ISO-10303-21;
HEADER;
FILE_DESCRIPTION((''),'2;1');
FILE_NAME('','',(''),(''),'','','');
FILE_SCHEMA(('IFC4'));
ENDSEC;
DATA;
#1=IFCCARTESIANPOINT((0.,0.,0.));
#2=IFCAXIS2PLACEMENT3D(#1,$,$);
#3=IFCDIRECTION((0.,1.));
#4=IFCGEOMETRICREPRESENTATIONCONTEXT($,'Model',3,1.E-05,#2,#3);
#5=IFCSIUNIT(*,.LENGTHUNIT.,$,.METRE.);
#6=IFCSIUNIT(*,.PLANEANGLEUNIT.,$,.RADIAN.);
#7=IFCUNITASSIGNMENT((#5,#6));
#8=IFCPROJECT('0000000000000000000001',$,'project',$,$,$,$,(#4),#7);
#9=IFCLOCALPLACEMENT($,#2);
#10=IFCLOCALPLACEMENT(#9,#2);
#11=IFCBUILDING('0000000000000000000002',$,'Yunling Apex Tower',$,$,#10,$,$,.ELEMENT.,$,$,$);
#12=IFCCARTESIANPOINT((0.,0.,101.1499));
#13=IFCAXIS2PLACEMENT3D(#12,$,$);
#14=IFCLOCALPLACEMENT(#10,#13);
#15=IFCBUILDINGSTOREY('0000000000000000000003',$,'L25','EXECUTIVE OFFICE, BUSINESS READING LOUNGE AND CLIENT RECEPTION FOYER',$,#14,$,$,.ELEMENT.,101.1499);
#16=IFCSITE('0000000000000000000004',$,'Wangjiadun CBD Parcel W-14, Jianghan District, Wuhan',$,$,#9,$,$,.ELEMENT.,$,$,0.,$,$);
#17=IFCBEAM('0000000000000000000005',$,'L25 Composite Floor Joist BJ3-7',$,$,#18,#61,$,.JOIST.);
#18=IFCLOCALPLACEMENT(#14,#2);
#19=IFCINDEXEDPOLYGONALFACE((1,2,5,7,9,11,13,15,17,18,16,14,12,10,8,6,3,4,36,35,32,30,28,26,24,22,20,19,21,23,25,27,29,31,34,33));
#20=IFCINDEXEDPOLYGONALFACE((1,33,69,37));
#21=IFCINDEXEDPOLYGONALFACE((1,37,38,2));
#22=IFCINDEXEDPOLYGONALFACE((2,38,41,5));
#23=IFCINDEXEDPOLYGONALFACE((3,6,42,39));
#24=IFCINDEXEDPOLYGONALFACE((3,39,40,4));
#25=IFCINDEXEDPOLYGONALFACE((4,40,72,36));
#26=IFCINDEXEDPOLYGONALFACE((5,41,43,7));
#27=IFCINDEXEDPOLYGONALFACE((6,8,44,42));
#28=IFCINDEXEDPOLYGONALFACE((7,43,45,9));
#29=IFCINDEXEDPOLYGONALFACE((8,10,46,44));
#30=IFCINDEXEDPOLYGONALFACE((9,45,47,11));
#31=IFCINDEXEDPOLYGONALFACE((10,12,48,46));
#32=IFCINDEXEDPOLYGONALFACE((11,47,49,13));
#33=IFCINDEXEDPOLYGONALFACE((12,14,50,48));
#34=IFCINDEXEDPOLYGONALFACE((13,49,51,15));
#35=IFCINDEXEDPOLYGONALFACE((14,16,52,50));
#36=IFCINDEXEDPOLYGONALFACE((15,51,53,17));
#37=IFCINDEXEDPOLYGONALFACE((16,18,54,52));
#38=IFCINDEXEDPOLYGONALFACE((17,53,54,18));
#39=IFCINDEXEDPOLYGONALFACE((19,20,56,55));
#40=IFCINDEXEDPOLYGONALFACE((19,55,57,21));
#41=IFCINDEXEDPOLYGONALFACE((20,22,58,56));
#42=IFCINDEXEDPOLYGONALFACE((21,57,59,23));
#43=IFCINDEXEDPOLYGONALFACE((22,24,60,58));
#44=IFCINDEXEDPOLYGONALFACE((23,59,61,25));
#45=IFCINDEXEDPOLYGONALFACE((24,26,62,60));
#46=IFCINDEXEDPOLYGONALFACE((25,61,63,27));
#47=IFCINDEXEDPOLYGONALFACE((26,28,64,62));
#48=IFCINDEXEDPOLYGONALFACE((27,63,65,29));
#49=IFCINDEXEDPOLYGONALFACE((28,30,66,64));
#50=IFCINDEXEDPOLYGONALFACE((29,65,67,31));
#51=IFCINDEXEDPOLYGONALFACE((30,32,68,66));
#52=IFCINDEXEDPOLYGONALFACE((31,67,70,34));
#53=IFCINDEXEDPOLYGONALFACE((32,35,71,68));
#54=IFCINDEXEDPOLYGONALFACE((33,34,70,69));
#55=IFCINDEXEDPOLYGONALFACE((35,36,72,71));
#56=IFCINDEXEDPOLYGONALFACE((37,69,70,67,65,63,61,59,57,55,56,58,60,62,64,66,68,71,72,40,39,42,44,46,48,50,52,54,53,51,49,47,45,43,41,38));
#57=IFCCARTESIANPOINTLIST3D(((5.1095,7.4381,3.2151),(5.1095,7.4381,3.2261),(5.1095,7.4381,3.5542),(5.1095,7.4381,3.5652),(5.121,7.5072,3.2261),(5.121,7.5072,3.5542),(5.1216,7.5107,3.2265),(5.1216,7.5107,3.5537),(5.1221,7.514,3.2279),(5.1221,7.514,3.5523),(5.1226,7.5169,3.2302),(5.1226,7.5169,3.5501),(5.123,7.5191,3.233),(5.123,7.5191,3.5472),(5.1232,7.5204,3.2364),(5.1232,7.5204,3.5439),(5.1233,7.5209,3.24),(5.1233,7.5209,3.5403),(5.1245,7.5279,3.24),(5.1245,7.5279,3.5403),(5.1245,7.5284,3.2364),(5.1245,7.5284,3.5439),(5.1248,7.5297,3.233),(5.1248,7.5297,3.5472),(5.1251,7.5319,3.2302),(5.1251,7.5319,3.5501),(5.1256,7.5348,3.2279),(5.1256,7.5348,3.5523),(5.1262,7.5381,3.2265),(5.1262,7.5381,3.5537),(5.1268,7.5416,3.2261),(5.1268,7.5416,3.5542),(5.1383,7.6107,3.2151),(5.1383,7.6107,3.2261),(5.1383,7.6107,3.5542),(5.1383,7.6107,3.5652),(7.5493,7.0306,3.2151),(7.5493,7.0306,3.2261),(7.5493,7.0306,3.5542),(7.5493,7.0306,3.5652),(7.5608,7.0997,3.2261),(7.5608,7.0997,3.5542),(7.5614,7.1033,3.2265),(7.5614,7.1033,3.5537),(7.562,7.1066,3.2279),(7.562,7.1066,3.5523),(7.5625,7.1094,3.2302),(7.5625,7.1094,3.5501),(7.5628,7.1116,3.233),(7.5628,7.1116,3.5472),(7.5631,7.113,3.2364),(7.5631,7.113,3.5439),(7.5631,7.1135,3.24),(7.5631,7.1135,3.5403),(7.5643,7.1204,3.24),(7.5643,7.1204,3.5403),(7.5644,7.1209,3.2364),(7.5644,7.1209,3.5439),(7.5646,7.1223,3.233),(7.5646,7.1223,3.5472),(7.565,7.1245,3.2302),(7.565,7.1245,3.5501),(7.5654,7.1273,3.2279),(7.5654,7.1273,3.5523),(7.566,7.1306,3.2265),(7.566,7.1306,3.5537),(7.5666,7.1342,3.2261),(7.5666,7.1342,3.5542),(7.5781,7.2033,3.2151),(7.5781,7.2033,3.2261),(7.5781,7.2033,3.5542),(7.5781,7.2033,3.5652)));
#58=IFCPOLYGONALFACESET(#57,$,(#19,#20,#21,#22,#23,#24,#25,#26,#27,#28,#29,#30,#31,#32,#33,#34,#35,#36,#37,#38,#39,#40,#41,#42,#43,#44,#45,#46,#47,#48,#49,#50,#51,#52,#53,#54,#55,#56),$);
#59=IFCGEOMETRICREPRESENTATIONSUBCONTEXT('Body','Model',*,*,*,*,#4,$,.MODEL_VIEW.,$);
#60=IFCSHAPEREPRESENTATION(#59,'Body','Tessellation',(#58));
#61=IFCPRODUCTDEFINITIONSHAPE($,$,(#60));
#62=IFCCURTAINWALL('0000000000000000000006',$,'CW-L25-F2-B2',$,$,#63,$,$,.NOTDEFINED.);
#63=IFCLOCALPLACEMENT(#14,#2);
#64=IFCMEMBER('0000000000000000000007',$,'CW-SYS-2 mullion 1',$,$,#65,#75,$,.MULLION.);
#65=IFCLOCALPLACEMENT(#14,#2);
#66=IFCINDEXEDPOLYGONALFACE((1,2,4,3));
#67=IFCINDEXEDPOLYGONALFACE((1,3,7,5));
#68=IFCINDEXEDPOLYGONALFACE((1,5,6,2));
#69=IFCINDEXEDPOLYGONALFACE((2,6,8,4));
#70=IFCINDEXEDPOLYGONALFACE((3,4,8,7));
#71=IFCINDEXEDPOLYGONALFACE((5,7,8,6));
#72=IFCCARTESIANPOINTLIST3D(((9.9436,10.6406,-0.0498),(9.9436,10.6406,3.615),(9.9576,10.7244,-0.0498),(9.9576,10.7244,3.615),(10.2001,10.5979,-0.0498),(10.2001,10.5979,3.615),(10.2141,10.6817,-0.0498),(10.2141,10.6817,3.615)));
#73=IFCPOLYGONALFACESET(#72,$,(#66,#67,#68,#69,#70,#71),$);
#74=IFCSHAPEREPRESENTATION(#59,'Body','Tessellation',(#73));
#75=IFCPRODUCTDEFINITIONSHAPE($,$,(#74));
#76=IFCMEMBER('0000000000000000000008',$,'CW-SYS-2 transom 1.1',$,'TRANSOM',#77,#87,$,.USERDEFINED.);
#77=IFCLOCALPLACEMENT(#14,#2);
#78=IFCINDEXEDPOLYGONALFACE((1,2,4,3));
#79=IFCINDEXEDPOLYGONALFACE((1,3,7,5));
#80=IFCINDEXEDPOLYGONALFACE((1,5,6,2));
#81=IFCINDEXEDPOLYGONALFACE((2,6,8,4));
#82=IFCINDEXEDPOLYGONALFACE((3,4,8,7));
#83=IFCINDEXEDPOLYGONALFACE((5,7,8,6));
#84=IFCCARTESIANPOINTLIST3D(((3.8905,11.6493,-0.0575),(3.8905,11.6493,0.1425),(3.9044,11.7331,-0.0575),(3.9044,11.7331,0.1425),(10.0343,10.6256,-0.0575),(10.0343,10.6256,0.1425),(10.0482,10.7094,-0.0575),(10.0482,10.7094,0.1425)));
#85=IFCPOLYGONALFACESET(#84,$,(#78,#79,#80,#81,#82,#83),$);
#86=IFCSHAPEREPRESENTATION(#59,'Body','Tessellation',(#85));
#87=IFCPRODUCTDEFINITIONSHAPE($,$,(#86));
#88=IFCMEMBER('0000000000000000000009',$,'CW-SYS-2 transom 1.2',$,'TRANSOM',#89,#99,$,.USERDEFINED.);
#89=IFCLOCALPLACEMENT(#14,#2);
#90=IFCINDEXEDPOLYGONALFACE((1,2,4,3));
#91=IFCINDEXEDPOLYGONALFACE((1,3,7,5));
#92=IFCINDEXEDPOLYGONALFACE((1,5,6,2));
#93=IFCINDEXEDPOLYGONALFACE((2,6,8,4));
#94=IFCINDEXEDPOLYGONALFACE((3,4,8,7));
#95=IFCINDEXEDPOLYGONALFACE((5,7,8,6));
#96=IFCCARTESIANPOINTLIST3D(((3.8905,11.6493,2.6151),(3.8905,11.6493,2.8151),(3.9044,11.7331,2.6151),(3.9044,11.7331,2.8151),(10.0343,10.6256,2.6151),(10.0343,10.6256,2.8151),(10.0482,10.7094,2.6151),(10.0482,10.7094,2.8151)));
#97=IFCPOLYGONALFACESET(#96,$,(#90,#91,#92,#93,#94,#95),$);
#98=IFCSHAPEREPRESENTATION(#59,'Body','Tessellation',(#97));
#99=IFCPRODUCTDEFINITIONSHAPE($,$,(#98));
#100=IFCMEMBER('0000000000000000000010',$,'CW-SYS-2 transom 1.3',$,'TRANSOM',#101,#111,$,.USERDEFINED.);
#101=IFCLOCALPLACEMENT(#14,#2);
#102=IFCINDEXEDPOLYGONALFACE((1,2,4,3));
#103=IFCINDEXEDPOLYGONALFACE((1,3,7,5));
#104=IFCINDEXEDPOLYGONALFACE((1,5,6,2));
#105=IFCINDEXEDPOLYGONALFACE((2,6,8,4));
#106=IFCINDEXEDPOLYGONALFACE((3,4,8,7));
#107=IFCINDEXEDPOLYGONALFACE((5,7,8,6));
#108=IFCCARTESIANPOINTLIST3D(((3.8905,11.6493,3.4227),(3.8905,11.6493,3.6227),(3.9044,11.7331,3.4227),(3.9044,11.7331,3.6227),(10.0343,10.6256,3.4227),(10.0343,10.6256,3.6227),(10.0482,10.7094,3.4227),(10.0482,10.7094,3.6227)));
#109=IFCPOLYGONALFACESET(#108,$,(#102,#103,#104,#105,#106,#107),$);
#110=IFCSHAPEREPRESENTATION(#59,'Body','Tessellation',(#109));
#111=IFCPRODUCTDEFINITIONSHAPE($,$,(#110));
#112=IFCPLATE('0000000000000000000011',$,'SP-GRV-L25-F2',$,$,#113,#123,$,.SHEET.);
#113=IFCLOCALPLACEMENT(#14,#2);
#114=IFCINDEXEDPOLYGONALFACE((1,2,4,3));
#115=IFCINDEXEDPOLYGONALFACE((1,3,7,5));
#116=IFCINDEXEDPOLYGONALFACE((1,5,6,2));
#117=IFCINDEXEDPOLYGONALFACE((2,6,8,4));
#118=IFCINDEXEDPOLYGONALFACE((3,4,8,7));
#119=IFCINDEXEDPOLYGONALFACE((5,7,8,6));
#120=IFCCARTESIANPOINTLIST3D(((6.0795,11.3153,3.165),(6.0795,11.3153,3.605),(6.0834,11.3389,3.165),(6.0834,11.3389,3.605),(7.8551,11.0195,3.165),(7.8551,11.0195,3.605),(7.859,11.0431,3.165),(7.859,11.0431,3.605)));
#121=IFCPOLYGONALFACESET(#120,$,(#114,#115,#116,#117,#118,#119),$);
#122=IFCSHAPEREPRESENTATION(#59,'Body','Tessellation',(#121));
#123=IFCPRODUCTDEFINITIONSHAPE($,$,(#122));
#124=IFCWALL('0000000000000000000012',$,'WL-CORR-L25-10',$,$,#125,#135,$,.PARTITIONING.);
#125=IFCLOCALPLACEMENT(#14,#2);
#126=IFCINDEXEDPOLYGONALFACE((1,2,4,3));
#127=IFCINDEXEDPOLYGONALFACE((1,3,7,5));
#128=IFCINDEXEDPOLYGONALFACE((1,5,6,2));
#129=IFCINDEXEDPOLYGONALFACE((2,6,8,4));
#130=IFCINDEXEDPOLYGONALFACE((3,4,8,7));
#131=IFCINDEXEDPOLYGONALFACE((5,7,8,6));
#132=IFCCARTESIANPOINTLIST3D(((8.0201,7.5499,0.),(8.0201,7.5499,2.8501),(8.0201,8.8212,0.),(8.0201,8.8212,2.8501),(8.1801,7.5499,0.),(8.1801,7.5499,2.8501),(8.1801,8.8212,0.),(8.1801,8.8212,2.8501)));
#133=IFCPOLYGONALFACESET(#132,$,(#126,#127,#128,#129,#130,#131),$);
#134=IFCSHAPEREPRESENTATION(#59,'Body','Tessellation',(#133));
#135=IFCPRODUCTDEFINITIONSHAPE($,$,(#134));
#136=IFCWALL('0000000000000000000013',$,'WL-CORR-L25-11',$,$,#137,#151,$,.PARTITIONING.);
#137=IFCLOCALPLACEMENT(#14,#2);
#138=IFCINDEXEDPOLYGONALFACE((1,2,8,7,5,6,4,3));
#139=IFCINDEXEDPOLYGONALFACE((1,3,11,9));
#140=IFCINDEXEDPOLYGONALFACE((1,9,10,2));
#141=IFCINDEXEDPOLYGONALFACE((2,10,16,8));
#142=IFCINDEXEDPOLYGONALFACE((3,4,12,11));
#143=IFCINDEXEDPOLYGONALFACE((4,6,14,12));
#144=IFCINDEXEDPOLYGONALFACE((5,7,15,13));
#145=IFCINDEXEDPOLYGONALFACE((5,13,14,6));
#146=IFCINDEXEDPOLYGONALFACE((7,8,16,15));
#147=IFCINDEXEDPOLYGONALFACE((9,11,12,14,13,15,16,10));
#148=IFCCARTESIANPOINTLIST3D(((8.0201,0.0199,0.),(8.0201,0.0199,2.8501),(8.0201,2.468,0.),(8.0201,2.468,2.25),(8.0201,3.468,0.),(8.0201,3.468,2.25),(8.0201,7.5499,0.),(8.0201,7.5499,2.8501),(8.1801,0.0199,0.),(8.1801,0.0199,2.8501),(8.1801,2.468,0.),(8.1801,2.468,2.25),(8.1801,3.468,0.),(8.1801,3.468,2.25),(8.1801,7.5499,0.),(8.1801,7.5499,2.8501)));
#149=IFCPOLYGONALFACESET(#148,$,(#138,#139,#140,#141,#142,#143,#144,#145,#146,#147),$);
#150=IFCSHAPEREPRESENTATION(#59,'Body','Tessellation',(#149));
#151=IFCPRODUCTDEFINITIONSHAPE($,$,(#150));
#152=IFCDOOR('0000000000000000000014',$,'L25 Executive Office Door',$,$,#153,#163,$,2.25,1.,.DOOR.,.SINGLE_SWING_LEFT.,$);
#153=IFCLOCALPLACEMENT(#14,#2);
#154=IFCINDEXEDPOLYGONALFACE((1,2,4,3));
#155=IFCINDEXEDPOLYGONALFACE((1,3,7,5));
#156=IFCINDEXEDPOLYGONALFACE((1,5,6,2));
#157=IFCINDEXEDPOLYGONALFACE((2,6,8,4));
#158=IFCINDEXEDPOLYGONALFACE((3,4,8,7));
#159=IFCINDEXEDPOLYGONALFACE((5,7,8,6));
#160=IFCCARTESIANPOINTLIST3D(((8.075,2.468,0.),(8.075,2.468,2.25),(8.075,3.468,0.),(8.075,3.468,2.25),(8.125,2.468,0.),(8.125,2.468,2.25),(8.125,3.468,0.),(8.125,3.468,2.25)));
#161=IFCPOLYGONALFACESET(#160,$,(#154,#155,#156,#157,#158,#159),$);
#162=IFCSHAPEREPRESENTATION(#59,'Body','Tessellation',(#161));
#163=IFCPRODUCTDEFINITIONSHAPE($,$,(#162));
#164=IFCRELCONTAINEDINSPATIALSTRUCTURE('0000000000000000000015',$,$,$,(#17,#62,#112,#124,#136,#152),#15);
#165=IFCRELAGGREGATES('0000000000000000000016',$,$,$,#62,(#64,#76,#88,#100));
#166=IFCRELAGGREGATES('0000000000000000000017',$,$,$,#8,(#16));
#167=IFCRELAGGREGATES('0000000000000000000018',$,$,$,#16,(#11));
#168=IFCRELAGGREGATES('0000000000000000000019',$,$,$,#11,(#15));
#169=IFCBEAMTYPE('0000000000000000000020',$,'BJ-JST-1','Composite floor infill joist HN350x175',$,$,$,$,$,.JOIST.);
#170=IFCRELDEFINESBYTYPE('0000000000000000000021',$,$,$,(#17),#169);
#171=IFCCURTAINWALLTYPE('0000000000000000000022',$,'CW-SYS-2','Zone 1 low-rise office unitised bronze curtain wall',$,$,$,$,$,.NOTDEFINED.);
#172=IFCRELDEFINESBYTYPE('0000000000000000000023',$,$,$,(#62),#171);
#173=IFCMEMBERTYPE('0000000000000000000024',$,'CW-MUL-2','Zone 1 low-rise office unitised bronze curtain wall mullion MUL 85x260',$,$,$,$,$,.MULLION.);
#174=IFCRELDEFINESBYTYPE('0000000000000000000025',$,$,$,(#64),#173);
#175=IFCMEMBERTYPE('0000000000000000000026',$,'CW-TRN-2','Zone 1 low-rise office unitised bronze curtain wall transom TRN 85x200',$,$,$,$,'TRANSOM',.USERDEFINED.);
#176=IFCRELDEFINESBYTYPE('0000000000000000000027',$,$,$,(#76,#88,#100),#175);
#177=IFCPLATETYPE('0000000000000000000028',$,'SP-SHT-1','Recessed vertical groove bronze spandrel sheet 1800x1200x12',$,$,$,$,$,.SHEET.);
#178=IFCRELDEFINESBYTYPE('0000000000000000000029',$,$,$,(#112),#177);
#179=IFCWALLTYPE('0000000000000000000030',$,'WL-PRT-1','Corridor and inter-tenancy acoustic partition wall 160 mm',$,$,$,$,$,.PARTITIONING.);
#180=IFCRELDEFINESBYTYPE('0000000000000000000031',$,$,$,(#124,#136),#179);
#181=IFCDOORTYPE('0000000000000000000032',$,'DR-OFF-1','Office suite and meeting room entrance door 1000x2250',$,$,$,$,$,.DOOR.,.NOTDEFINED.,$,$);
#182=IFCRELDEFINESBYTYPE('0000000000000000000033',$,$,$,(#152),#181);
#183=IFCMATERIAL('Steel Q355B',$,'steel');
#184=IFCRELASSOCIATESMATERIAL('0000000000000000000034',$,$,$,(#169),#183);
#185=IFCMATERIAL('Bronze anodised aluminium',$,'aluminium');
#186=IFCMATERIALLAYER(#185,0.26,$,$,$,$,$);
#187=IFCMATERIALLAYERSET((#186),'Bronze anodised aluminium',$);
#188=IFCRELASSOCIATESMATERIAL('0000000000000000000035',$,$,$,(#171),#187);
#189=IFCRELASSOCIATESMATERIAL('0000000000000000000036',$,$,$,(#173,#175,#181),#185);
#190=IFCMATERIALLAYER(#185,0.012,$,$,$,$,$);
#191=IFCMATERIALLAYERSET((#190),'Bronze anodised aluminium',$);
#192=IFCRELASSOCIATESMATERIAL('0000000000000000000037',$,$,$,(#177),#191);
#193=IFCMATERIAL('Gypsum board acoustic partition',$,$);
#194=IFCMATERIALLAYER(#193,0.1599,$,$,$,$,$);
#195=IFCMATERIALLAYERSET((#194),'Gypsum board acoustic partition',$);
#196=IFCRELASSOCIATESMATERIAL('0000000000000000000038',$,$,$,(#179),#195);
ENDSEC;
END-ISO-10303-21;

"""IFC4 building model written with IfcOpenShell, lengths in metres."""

from ifc_helpers import new_model, si_unit, direction, frame, frame_2d, origin, origin_2d, place, context, subcontext, project, spatial, rectangle, i_section, extrude, source, transform, mapped, material, layer, layer_set, material_profile, profile_set, type_object, element, fill, aggregate, save


model = new_model("IFC4")

# Units and contexts
model_context = context("Model", 3, precision=1e-05, world=origin(), true_north=direction((0.0, 1.0)))
body_context = subcontext(model_context, "Body", "Model", "MODEL_VIEW")
ifc_project = project(units=[si_unit("LENGTHUNIT", "METRE"), si_unit("PLANEANGLEUNIT", "RADIAN")], contexts=[model_context])

# Site, building, storey
site_placement = place(None, origin())
site = spatial("IfcSite", under=ifc_project, at=site_placement, Name="Wangjiadun CBD Parcel W-14, Jianghan District, Wuhan", CompositionType="ELEMENT", RefElevation=0.0)
building_placement = place(site_placement, origin())
building = spatial("IfcBuilding", under=site, at=building_placement, Name="Yunling Apex Tower", CompositionType="ELEMENT")
storey_placement = place(building_placement, frame((0.0, 0.0, 101.1499)))
storey = spatial("IfcBuildingStorey", under=building, at=storey_placement, Name="L25", Description="EXECUTIVE OFFICE, BUSINESS READING LOUNGE AND CLIENT RECEPTION FOYER", CompositionType="ELEMENT", Elevation=101.1499)

# Beam
ifc_material_1 = material(Name="Steel Q355B", Category="steel")
ifc_material_profile_1 = material_profile(ifc_material_1, i_section(OverallWidth=0.175, OverallDepth=0.3501, WebThickness=0.0071, FlangeThickness=0.011, FilletRadius=0.0139, at=origin_2d()))
ifc_profile_set_1 = profile_set([ifc_material_profile_1], Name="Steel Q355B")
beam_type_1 = type_object("IfcBeamType", Name="BJ-JST-1", Description="Composite floor infill joist HN350x175", PredefinedType="JOIST", material=ifc_profile_set_1)
shared_shape_1 = source(origin(), body_context, "Body", "SweptSolid", [
    extrude(i_section(OverallWidth=0.175, OverallDepth=0.3501, WebThickness=0.0071, FlangeThickness=0.011, FilletRadius=0.0139, at=origin_2d()), origin(), (0.0, 0.0, 1.0), 2.4736),
])
beam_1_placement = place(storey_placement, frame((7.5637, 7.1169, 3.3901), z_axis=(-0.986341, 0.164719, 0.0), x_axis=(-0.164719, -0.986341, 0.0)))
element("IfcBeam", 1, at=beam_1_placement, inside=storey, type_object=beam_type_1, Name="L25 Composite Floor Joist BJ3-7", PredefinedType="JOIST", context=body_context, shape_type="MappedRepresentation", body=[
    mapped(shared_shape_1, transform((0.0, 0.0, 0.0), scale=1.0)),
])

# Curtain wall, members
ifc_material_2 = material(Name="Bronze anodised aluminium", Category="aluminium")
ifc_layer_1 = layer(ifc_material_2, 0.26)
ifc_layer_set_1 = layer_set([ifc_layer_1], Name="Bronze anodised aluminium")
curtain_wall_type = type_object("IfcCurtainWallType", Name="CW-SYS-2", Description="Zone 1 low-rise office unitised bronze curtain wall", PredefinedType="NOTDEFINED", material=ifc_layer_set_1)
curtain_wall_placement = place(storey_placement, origin())
curtain_wall = element("IfcCurtainWall", 2, at=curtain_wall_placement, inside=storey, type_object=curtain_wall_type, Name="CW-L25-F2-B2", PredefinedType="NOTDEFINED")
ifc_material_profile_2 = material_profile(ifc_material_2, rectangle(XDim=0.085, YDim=0.26, at=origin_2d()))
ifc_profile_set_2 = profile_set([ifc_material_profile_2], Name="Bronze anodised aluminium")
member_type_1 = type_object("IfcMemberType", Name="CW-MUL-2", Description="Zone 1 low-rise office unitised bronze curtain wall mullion MUL 85x260", PredefinedType="MULLION", material=ifc_profile_set_2)
shared_shape_2 = source(origin(), body_context, "Body", "SweptSolid", [
    extrude(rectangle(XDim=0.085, YDim=0.26, at=origin_2d()), origin(), (0.0, 0.0, 1.0), 3.6648),
])
member_1_placement = place(storey_placement, frame((10.0789, 10.6611, -0.0498), z_axis=(0.0, 0.0, 1.0), x_axis=(-0.164356, -0.986401, 0.0)))
member_1 = element("IfcMember", 3, at=member_1_placement, type_object=member_type_1, Name="CW-SYS-2 mullion 1", PredefinedType="MULLION", context=body_context, shape_type="MappedRepresentation", body=[
    mapped(shared_shape_2, transform((0.0, 0.0, 0.0), scale=1.0)),
])
ifc_material_profile_3 = material_profile(ifc_material_2, rectangle(XDim=0.085, YDim=0.2, at=origin_2d()))
ifc_profile_set_3 = profile_set([ifc_material_profile_3], Name="Bronze anodised aluminium")
member_type_2 = type_object("IfcMemberType", Name="CW-TRN-2", Description="Zone 1 low-rise office unitised bronze curtain wall transom TRN 85x200", ElementType="TRANSOM", PredefinedType="USERDEFINED", material=ifc_profile_set_3)
shared_shape_3 = source(origin(), body_context, "Body", "SweptSolid", [
    extrude(rectangle(XDim=0.085, YDim=0.2, at=origin_2d()), origin(), (0.0, 0.0, 1.0), 6.2285),
])
member_2_placement = place(storey_placement, frame((10.0413, 10.6675, 0.0425), z_axis=(-0.986401, 0.164354, 0.0), x_axis=(-0.164354, -0.986401, 0.0)))
member_2 = element("IfcMember", 4, at=member_2_placement, type_object=member_type_2, Name="CW-SYS-2 transom 1.1", ObjectType="TRANSOM", PredefinedType="USERDEFINED", context=body_context, shape_type="MappedRepresentation", body=[
    mapped(shared_shape_3, transform((0.0, 0.0, 0.0), scale=1.0)),
])
member_3_placement = place(storey_placement, frame((10.0413, 10.6675, 2.7151), z_axis=(-0.986401, 0.164354, 0.0), x_axis=(-0.164354, -0.986401, 0.0)))
member_3 = element("IfcMember", 5, at=member_3_placement, type_object=member_type_2, Name="CW-SYS-2 transom 1.2", ObjectType="TRANSOM", PredefinedType="USERDEFINED", context=body_context, shape_type="MappedRepresentation", body=[
    mapped(shared_shape_3, transform((0.0, 0.0, 0.0), scale=1.0)),
])
member_4_placement = place(storey_placement, frame((10.0413, 10.6675, 3.5227), z_axis=(-0.986401, 0.164354, 0.0), x_axis=(-0.164354, -0.986401, 0.0)))
member_4 = element("IfcMember", 6, at=member_4_placement, type_object=member_type_2, Name="CW-SYS-2 transom 1.3", ObjectType="TRANSOM", PredefinedType="USERDEFINED", context=body_context, shape_type="MappedRepresentation", body=[
    mapped(shared_shape_3, transform((0.0, 0.0, 0.0), scale=1.0)),
])
aggregate(curtain_wall, [member_1, member_2, member_3, member_4])

# Plate
ifc_layer_2 = layer(ifc_material_2, 0.012)
ifc_layer_set_2 = layer_set([ifc_layer_2], Name="Bronze anodised aluminium")
plate_type = type_object("IfcPlateType", Name="SP-SHT-1", Description="Recessed vertical groove bronze spandrel sheet 1800x1200x12", PredefinedType="SHEET", material=ifc_layer_set_2)
shared_shape_4 = source(origin(), body_context, "Body", "SweptSolid", [
    extrude(rectangle(XDim=1.8, YDim=0.0239, at=origin_2d()), origin(), (0.0, 0.0, 1.0), 0.4399),
])
plate_placement = place(storey_placement, frame((6.9692, 11.1792, 3.165), z_axis=(0.0, 0.0, 1.0), x_axis=(-0.986401, 0.164359, 0.0)))
element("IfcPlate", 7, at=plate_placement, inside=storey, type_object=plate_type, Name="SP-GRV-L25-F2", PredefinedType="SHEET", context=body_context, shape_type="MappedRepresentation", body=[
    mapped(shared_shape_4, transform((0.0, 0.0, 0.0), scale=1.0)),
])

# Wall
ifc_material_3 = material(Name="Gypsum board acoustic partition")
ifc_layer_3 = layer(ifc_material_3, 0.1599)
ifc_layer_set_3 = layer_set([ifc_layer_3], Name="Gypsum board acoustic partition")
wall_type_1 = type_object("IfcWallType", Name="WL-PRT-1", Description="Corridor and inter-tenancy acoustic partition wall 160 mm", PredefinedType="PARTITIONING", material=ifc_layer_set_3)
wall_1_placement = place(storey_placement, frame((8.1001, 8.8213, 0.0), z_axis=(0.0, 0.0, 1.0), x_axis=(0.0, -1.0, 0.0)))
element("IfcWall", 8, at=wall_1_placement, inside=storey, type_object=wall_type_1, Name="WL-CORR-L25-10", PredefinedType="PARTITIONING", context=body_context, shape_type="SweptSolid", body=[
    extrude(rectangle(XDim=1.2712, YDim=0.1599, at=frame_2d((0.6357, 0.0))), origin(), (0.0, 0.0, 1.0), 2.8501),
])

# Wall, opening, door
wall_2_placement = place(storey_placement, frame((8.1001, 7.55, 0.0), z_axis=(0.0, 0.0, 1.0), x_axis=(0.0, -1.0, 0.0)))
wall_2 = element("IfcWall", 9, at=wall_2_placement, inside=storey, type_object=wall_type_1, Name="WL-CORR-L25-11", PredefinedType="PARTITIONING", context=body_context, shape_type="SweptSolid", body=[
    extrude(rectangle(XDim=7.53, YDim=0.1599, at=frame_2d((3.7651, 0.0))), origin(), (0.0, 0.0, 1.0), 2.8501),
])
opening_1_placement = place(wall_2_placement, frame((4.082, 0.0, 0.0)))
opening_1 = element("IfcOpeningElement", 10, at=opening_1_placement, cuts=wall_2, PredefinedType="OPENING", context=body_context, shape_type="SweptSolid", body=[
    extrude(rectangle(XDim=1.0, YDim=2.25, at=frame_2d((0.5, 1.125))), frame((0.0, 0.0898, 0.0), z_axis=(0.0, -1.0, 0.0), x_axis=(1.0, 0.0, 0.0)), (0.0, 0.0, 1.0), 0.1799),
])
door_type = type_object("IfcDoorType", Name="DR-OFF-1", Description="Office suite and meeting room entrance door 1000x2250", OperationType="NOTDEFINED", PredefinedType="DOOR", material=ifc_material_2)
door_1_placement = place(opening_1_placement, origin())
door_1 = element("IfcDoor", 11, at=door_1_placement, inside=storey, type_object=door_type, Name="L25 Executive Office Door", OperationType="SINGLE_SWING_LEFT", OverallHeight=2.25, OverallWidth=1.0, PredefinedType="DOOR", context=body_context, shape_type="SweptSolid", body=[
    extrude(rectangle(XDim=1.0, YDim=2.25, at=frame_2d((0.5, 1.125))), frame((0.0, 0.0249, 0.0), z_axis=(0.0, -1.0, 0.0), x_axis=(1.0, 0.0, 0.0)), (0.0, 0.0, 1.0), 0.05),
])
fill(opening_1, door_1)

save(model, "model.ifc")
